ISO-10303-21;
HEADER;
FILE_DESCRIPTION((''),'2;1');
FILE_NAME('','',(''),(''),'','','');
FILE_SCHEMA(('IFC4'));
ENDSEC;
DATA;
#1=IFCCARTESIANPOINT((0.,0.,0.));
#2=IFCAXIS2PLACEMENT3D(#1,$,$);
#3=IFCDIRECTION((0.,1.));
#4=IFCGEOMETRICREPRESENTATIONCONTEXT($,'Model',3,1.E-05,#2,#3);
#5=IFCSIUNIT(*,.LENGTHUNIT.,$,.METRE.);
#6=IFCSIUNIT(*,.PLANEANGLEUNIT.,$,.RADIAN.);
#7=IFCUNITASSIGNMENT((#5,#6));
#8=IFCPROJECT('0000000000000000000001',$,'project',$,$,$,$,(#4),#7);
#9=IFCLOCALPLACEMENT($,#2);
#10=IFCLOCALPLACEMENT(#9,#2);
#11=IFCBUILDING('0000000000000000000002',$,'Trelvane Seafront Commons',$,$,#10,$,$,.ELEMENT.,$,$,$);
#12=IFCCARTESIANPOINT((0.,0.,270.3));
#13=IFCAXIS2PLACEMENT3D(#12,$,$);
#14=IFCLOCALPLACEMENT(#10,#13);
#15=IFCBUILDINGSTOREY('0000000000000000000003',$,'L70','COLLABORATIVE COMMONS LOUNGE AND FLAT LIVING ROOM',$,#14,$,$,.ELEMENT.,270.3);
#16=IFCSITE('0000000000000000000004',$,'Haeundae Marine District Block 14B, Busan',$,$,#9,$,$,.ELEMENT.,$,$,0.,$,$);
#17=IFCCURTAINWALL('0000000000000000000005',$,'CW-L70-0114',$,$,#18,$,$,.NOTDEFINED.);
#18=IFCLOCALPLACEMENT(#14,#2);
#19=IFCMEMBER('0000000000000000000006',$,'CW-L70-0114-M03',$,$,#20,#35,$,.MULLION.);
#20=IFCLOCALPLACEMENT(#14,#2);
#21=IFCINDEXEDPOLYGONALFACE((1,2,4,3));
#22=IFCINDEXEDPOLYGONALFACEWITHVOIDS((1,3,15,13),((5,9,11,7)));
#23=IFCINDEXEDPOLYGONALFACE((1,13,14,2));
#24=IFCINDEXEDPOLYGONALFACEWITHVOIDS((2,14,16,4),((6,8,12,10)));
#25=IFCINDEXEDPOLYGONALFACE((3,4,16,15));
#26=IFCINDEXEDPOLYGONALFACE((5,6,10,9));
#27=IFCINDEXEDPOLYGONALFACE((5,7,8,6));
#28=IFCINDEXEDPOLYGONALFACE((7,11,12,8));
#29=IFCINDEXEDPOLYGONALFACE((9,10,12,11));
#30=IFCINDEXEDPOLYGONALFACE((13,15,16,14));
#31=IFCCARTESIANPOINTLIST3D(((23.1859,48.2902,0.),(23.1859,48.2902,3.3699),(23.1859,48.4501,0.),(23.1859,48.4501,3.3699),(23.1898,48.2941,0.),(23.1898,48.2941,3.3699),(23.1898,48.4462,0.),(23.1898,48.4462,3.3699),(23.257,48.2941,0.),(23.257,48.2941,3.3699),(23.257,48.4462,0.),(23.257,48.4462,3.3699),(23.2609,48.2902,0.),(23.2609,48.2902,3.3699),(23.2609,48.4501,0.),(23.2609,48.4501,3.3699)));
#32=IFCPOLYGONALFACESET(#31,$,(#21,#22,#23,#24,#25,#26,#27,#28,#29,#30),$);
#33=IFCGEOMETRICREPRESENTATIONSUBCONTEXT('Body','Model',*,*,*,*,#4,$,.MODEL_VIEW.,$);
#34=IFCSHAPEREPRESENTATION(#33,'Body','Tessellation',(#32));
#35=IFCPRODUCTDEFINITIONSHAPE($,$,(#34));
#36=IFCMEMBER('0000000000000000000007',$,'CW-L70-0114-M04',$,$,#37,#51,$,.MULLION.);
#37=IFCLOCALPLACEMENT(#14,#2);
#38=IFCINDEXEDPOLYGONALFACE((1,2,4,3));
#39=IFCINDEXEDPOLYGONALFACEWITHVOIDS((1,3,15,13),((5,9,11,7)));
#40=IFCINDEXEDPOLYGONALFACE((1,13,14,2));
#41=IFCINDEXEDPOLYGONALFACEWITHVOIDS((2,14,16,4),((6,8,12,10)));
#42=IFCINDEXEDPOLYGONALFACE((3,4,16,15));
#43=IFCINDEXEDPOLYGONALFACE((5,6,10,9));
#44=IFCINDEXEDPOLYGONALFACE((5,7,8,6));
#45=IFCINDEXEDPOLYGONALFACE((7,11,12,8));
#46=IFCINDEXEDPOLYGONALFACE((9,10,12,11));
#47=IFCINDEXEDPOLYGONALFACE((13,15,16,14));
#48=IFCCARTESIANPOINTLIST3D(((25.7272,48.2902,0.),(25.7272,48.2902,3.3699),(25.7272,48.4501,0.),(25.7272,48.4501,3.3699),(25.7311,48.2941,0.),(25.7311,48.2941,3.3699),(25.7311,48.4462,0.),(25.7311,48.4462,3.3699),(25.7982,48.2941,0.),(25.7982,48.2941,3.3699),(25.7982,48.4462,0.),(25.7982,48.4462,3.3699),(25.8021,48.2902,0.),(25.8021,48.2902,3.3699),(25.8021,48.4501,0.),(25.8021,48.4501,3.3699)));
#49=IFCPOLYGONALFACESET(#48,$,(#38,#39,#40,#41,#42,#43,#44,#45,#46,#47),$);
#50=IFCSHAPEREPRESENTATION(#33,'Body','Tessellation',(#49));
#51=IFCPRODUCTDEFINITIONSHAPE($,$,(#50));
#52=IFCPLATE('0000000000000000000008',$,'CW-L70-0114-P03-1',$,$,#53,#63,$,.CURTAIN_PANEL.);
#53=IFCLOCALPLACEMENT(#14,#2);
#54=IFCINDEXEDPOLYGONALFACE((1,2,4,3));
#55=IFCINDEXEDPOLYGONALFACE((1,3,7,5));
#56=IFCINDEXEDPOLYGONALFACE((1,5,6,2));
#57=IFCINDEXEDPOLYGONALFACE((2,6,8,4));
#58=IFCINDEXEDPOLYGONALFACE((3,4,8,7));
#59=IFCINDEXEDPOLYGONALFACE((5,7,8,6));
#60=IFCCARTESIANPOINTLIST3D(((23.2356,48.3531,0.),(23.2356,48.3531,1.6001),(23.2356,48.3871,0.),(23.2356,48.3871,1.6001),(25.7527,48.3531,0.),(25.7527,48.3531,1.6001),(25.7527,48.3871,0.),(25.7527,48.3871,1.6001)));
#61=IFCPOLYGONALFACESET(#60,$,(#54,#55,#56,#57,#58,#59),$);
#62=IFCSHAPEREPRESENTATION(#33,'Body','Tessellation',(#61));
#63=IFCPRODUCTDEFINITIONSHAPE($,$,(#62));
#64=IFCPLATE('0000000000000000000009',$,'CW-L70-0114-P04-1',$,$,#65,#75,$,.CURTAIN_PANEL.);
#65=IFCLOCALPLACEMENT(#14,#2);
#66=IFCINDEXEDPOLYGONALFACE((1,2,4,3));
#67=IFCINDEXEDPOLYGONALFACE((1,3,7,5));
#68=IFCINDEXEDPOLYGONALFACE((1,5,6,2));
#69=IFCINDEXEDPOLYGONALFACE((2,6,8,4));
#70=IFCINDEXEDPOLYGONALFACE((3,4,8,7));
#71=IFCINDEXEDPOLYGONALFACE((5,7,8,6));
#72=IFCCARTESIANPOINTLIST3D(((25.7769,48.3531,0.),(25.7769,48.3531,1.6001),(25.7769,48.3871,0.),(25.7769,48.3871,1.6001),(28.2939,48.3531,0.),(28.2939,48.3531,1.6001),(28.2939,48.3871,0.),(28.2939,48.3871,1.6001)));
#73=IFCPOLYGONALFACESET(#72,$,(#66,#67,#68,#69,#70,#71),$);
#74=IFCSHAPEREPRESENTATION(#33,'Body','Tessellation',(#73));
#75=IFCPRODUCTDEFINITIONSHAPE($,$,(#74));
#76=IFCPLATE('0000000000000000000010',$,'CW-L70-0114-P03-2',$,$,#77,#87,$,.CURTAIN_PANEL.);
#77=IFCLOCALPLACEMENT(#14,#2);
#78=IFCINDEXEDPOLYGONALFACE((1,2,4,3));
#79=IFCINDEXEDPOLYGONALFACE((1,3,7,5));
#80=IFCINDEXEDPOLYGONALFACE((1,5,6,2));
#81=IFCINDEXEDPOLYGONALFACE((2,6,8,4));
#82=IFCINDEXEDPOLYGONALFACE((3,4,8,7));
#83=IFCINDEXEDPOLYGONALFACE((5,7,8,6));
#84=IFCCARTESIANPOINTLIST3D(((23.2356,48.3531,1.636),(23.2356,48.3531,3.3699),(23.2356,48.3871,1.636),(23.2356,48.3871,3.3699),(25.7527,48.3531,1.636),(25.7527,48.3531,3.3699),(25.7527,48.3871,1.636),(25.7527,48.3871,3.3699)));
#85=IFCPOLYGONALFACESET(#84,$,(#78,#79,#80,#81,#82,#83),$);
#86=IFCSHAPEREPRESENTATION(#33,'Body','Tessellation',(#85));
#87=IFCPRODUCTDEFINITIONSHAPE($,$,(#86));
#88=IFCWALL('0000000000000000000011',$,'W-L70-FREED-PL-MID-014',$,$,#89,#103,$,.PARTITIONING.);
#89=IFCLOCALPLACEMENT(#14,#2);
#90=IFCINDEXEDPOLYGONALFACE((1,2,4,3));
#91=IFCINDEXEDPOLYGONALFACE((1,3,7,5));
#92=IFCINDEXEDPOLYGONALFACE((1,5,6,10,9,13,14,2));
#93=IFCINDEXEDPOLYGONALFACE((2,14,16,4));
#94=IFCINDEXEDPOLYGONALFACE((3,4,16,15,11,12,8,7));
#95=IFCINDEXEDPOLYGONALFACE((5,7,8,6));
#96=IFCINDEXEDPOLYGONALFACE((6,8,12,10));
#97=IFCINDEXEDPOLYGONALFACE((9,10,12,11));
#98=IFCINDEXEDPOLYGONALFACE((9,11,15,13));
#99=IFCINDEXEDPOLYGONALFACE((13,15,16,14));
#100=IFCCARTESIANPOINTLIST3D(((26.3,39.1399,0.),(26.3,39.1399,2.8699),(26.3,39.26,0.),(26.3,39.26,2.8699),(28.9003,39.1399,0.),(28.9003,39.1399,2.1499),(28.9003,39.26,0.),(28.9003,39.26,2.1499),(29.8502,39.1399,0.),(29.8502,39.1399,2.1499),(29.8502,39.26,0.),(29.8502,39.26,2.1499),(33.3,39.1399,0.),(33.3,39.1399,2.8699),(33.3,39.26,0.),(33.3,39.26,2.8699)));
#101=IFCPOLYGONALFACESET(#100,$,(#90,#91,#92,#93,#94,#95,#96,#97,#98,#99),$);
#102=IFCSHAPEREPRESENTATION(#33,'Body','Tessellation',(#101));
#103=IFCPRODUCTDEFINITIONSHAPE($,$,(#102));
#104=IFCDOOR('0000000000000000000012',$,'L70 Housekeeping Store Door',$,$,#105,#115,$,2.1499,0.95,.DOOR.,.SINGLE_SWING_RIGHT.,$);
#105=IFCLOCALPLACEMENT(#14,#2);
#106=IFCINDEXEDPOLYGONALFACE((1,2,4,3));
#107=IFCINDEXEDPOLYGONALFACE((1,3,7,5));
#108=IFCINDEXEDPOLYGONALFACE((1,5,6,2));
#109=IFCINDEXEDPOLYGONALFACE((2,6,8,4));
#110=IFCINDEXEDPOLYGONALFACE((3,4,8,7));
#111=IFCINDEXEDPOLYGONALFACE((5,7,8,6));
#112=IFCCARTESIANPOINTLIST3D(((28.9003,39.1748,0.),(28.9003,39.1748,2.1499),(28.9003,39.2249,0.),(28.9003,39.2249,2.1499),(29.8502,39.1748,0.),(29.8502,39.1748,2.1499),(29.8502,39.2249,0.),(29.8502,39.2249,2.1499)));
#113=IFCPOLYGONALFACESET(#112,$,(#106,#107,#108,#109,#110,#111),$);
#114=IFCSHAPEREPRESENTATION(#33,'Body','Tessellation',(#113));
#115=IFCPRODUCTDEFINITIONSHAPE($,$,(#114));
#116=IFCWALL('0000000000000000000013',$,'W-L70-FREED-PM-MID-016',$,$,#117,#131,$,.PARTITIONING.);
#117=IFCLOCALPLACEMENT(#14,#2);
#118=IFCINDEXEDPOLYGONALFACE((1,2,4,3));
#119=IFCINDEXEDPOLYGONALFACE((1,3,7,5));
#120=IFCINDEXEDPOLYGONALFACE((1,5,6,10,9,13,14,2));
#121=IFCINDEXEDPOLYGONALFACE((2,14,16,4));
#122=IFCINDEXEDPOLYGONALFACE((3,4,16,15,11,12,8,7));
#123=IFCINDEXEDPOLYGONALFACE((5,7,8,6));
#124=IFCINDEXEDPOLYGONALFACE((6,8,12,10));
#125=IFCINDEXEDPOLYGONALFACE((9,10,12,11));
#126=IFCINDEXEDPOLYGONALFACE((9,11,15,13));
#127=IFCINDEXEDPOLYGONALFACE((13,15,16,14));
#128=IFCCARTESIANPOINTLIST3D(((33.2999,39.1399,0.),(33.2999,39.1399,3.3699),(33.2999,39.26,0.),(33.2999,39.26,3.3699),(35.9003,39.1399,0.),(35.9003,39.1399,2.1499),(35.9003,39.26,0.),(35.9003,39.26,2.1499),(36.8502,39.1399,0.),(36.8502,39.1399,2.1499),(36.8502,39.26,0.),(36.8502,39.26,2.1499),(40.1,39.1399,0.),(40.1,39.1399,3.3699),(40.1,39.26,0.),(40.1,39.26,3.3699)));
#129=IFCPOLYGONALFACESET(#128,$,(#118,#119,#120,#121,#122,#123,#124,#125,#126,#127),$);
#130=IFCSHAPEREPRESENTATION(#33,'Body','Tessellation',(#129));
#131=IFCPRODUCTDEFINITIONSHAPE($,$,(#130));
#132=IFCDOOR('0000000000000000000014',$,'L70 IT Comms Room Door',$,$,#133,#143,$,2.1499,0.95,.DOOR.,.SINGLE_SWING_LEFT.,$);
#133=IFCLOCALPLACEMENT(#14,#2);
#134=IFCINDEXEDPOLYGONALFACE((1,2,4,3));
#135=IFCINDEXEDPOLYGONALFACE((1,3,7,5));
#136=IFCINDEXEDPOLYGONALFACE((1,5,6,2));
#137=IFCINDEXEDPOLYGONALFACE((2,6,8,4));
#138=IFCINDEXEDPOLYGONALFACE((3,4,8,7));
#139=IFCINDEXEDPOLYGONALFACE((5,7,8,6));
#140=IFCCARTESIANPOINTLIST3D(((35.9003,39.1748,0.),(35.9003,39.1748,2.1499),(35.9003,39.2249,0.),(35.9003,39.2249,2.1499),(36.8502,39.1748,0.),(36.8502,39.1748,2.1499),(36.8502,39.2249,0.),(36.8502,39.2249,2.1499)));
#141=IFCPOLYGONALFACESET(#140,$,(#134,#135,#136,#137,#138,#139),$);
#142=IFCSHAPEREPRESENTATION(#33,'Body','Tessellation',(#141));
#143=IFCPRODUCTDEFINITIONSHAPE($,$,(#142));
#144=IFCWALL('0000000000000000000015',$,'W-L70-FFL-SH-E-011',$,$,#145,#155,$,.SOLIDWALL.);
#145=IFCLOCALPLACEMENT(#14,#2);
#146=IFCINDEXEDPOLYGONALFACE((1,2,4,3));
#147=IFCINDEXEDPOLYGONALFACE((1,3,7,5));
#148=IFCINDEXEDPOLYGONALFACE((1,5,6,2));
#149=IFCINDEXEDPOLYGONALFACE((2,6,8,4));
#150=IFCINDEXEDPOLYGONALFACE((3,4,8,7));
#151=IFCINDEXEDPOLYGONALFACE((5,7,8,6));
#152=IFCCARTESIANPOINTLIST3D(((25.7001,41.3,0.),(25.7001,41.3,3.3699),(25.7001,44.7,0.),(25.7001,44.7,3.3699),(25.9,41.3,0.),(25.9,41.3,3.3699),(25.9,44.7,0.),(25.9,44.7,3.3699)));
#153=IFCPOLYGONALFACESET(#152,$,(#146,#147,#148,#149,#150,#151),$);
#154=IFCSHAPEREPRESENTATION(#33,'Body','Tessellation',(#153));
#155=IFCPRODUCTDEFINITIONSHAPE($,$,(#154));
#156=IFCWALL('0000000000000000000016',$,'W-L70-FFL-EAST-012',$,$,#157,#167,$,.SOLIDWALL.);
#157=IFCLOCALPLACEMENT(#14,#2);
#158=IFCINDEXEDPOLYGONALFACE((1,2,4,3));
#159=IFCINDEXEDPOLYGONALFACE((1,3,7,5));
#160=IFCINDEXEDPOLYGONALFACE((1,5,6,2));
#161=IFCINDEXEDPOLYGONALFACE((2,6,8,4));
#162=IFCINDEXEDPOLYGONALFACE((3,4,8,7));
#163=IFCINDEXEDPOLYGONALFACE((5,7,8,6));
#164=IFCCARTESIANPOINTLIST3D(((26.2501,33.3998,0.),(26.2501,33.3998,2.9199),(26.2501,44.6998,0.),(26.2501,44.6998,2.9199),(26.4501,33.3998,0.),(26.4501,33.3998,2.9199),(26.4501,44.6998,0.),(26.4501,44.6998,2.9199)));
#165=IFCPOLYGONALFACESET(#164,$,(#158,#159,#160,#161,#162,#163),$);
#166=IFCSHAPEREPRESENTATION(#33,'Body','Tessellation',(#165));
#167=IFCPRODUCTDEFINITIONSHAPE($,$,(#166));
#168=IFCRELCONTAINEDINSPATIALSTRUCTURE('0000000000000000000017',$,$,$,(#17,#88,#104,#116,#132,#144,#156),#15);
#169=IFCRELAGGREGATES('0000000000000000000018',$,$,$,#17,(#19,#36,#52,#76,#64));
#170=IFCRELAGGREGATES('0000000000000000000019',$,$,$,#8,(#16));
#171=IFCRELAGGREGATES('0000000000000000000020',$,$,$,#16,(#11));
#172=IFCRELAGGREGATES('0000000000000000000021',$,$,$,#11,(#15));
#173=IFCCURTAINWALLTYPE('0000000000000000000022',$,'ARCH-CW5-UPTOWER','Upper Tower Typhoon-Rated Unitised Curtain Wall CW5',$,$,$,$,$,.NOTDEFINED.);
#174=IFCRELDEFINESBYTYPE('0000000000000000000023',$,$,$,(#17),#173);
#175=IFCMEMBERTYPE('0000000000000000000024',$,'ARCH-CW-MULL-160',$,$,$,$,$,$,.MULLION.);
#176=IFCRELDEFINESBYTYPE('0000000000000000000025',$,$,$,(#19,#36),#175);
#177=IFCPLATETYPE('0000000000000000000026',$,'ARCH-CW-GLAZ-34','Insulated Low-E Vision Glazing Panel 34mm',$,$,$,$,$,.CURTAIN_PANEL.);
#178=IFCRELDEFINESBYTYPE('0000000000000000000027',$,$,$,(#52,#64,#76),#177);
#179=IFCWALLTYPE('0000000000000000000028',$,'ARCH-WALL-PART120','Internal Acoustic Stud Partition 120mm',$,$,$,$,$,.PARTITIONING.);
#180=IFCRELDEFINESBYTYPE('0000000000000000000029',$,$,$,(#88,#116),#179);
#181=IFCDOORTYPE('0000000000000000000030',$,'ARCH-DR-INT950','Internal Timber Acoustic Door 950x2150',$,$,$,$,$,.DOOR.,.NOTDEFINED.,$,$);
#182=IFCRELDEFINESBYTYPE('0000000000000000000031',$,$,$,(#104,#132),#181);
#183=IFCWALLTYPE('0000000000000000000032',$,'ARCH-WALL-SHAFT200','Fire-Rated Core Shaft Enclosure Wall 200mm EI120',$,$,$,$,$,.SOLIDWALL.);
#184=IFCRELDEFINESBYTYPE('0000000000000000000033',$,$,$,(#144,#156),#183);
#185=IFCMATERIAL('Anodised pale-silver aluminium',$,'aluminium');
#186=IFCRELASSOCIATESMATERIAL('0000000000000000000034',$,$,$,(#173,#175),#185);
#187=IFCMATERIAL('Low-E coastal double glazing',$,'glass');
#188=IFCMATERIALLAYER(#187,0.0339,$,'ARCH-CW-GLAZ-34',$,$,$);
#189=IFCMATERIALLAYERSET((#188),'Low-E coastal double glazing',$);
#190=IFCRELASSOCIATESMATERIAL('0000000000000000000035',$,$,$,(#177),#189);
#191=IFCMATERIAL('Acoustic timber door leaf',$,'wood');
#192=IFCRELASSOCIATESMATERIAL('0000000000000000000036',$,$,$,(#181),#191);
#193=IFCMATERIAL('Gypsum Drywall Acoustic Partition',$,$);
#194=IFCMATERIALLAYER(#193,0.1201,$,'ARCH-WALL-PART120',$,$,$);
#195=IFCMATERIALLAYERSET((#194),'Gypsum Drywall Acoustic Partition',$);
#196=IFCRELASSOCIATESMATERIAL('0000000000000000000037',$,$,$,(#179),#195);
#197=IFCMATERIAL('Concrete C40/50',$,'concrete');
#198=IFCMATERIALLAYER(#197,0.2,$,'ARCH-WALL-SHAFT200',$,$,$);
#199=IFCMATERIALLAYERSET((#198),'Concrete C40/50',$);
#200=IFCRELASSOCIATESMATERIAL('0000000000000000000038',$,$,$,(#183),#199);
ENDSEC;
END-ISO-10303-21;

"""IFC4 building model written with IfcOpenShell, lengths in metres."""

from ifc_helpers import new_model, si_unit, direction, frame, frame_2d, origin, origin_2d, place, context, subcontext, project, spatial, rectangle, hollow_rectangle, extrude, source, transform, mapped, material, layer, layer_set, material_profile, profile_set, type_object, element, fill, aggregate, save


model = new_model("IFC4")

# Units and contexts
model_context = context("Model", 3, precision=1e-05, world=origin(), true_north=direction((0.0, 1.0)))
body_context = subcontext(model_context, "Body", "Model", "MODEL_VIEW")
ifc_project = project(units=[si_unit("LENGTHUNIT", "METRE"), si_unit("PLANEANGLEUNIT", "RADIAN")], contexts=[model_context])

# Site, building, storey
site_placement = place(None, origin())
site = spatial("IfcSite", under=ifc_project, at=site_placement, Name="Haeundae Marine District Block 14B, Busan", CompositionType="ELEMENT", RefElevation=0.0)
building_placement = place(site_placement, origin())
building = spatial("IfcBuilding", under=site, at=building_placement, Name="Trelvane Seafront Commons", CompositionType="ELEMENT")
storey_placement = place(building_placement, frame((0.0, 0.0, 270.3)))
storey = spatial("IfcBuildingStorey", under=building, at=storey_placement, Name="L70", Description="COLLABORATIVE COMMONS LOUNGE AND FLAT LIVING ROOM", CompositionType="ELEMENT", Elevation=270.3)

# Curtain wall, members, plates
ifc_material_1 = material(Name="Anodised pale-silver aluminium", Category="aluminium")
curtain_wall_type = type_object("IfcCurtainWallType", Name="ARCH-CW5-UPTOWER", Description="Upper Tower Typhoon-Rated Unitised Curtain Wall CW5", PredefinedType="NOTDEFINED", material=ifc_material_1)
curtain_wall_placement = place(storey_placement, origin())
curtain_wall = element("IfcCurtainWall", 1, at=curtain_wall_placement, inside=storey, type_object=curtain_wall_type, Name="CW-L70-0114", PredefinedType="NOTDEFINED")
ifc_material_profile_1 = material_profile(ifc_material_1, hollow_rectangle(XDim=0.075, YDim=0.1599, WallThickness=0.0039, at=origin_2d()), Name="MULL-75x160x4")
ifc_profile_set_1 = profile_set([ifc_material_profile_1], Name="Anodised pale-silver aluminium")
member_type_1 = type_object("IfcMemberType", Name="ARCH-CW-MULL-160", PredefinedType="MULLION", material=ifc_profile_set_1)
shared_shape_1 = source(origin(), body_context, "Body", "SweptSolid", [
    extrude(hollow_rectangle(XDim=0.075, YDim=0.1599, WallThickness=0.0039, at=origin_2d()), origin(), (0.0, 0.0, 1.0), 3.3699),
])
member_1_placement = place(storey_placement, frame((23.2234, 48.3701, 0.0), z_axis=(0.0, 0.0, 1.0), x_axis=(1.0, 0.0, 0.0)))
member_1 = element("IfcMember", 2, at=member_1_placement, type_object=member_type_1, Name="CW-L70-0114-M03", PredefinedType="MULLION", context=body_context, shape_type="MappedRepresentation", body=[
    mapped(shared_shape_1, transform((0.0, 0.0, 0.0), x_axis=(1.0, 0.0, 0.0), y_axis=(0.0, 1.0, 0.0), z_axis=(0.0, 0.0, 1.0), scale=1.0)),
])
member_2_placement = place(storey_placement, frame((25.7646, 48.3701, 0.0), z_axis=(0.0, 0.0, 1.0), x_axis=(1.0, 0.0, 0.0)))
member_2 = element("IfcMember", 3, at=member_2_placement, type_object=member_type_1, Name="CW-L70-0114-M04", PredefinedType="MULLION", context=body_context, shape_type="MappedRepresentation", body=[
    mapped(shared_shape_1, transform((0.0, 0.0, 0.0), x_axis=(1.0, 0.0, 0.0), y_axis=(0.0, 1.0, 0.0), z_axis=(0.0, 0.0, 1.0), scale=1.0)),
])
ifc_material_2 = material(Name="Low-E coastal double glazing", Category="glass")
ifc_layer_1 = layer(ifc_material_2, 0.0339, Name="ARCH-CW-GLAZ-34")
ifc_layer_set_1 = layer_set([ifc_layer_1], Name="Low-E coastal double glazing")
plate_type = type_object("IfcPlateType", Name="ARCH-CW-GLAZ-34", Description="Insulated Low-E Vision Glazing Panel 34mm", PredefinedType="CURTAIN_PANEL", material=ifc_layer_set_1)
shared_shape_2 = source(origin(), body_context, "Body", "SweptSolid", [
    extrude(rectangle(XDim=2.5171, YDim=0.0339, at=origin_2d()), origin(), (0.0, 0.0, 1.0), 1.6001),
])
plate_1_placement = place(storey_placement, frame((24.4941, 48.3701, 0.0), z_axis=(0.0, 0.0, 1.0), x_axis=(1.0, 0.0, 0.0)))
plate_1 = element("IfcPlate", 4, at=plate_1_placement, type_object=plate_type, Name="CW-L70-0114-P03-1", PredefinedType="CURTAIN_PANEL", context=body_context, shape_type="MappedRepresentation", body=[
    mapped(shared_shape_2, transform((0.0, 0.0, 0.0), x_axis=(1.0, 0.0, 0.0), y_axis=(0.0, 1.0, 0.0), z_axis=(0.0, 0.0, 1.0), scale=1.0)),
])
plate_2_placement = place(storey_placement, frame((27.0354, 48.3701, 0.0), z_axis=(0.0, 0.0, 1.0), x_axis=(1.0, 0.0, 0.0)))
plate_2 = element("IfcPlate", 5, at=plate_2_placement, type_object=plate_type, Name="CW-L70-0114-P04-1", PredefinedType="CURTAIN_PANEL", context=body_context, shape_type="MappedRepresentation", body=[
    mapped(shared_shape_2, transform((0.0, 0.0, 0.0), x_axis=(1.0, 0.0, 0.0), y_axis=(0.0, 1.0, 0.0), z_axis=(0.0, 0.0, 1.0), scale=1.0)),
])
shared_shape_3 = source(origin(), body_context, "Body", "SweptSolid", [
    extrude(rectangle(XDim=2.5171, YDim=0.0339, at=origin_2d()), origin(), (0.0, 0.0, 1.0), 1.7339),
])
plate_3_placement = place(storey_placement, frame((24.4941, 48.3701, 1.636), z_axis=(0.0, 0.0, 1.0), x_axis=(1.0, 0.0, 0.0)))
plate_3 = element("IfcPlate", 6, at=plate_3_placement, type_object=plate_type, Name="CW-L70-0114-P03-2", PredefinedType="CURTAIN_PANEL", context=body_context, shape_type="MappedRepresentation", body=[
    mapped(shared_shape_3, transform((0.0, 0.0, 0.0), x_axis=(1.0, 0.0, 0.0), y_axis=(0.0, 1.0, 0.0), z_axis=(0.0, 0.0, 1.0), scale=1.0)),
])
aggregate(curtain_wall, [member_1, member_2, plate_1, plate_3, plate_2])

# Walls, openings, doors
ifc_material_3 = material(Name="Concrete C40/50", Category="concrete")
ifc_material_4 = material(Name="Acoustic timber door leaf", Category="wood")
door_type_1 = type_object("IfcDoorType", Name="ARCH-DR-INT950", Description="Internal Timber Acoustic Door 950x2150", OperationType="NOTDEFINED", PredefinedType="DOOR", material=ifc_material_4)
shared_shape_4 = source(origin(), body_context, "Body", "SweptSolid", [
    extrude(rectangle(XDim=0.95, YDim=2.1499, at=frame_2d((0.4751, 1.075))), frame((0.0, 0.0249, 0.0), z_axis=(0.0, -1.0, 0.0), x_axis=(1.0, 0.0, 0.0)), (0.0, 0.0, 1.0), 0.05),
])
ifc_material_5 = material(Name="Gypsum Drywall Acoustic Partition")
ifc_layer_2 = layer(ifc_material_5, 0.1201, Name="ARCH-WALL-PART120")
ifc_layer_set_2 = layer_set([ifc_layer_2], Name="Gypsum Drywall Acoustic Partition")
wall_type_1 = type_object("IfcWallType", Name="ARCH-WALL-PART120", Description="Internal Acoustic Stud Partition 120mm", PredefinedType="PARTITIONING", material=ifc_layer_set_2)
wall_1_placement = place(storey_placement, frame((26.3, 39.2, 0.0), z_axis=(0.0, 0.0, 1.0), x_axis=(1.0, 0.0, 0.0)))
wall_1 = element("IfcWall", 7, at=wall_1_placement, inside=storey, type_object=wall_type_1, Name="W-L70-FREED-PL-MID-014", PredefinedType="PARTITIONING", context=body_context, shape_type="SweptSolid", body=[
    extrude(rectangle(XDim=7.0, YDim=0.1201, at=frame_2d((3.5, 0.0))), origin(), (0.0, 0.0, 1.0), 2.8699),
])
opening_1_placement = place(wall_1_placement, frame((2.6001, 0.0, 0.0)))
opening_1 = element("IfcOpeningElement", 8, at=opening_1_placement, cuts=wall_1, PredefinedType="OPENING", context=body_context, shape_type="SweptSolid", body=[
    extrude(rectangle(XDim=0.95, YDim=2.1499, at=frame_2d((0.4751, 1.075))), frame((0.0, 0.0701, 0.0), z_axis=(0.0, -1.0, 0.0), x_axis=(1.0, 0.0, 0.0)), (0.0, 0.0, 1.0), 0.1401),
])
door_1_placement = place(opening_1_placement, origin())
door_1 = element("IfcDoor", 9, at=door_1_placement, inside=storey, type_object=door_type_1, Name="L70 Housekeeping Store Door", OperationType="SINGLE_SWING_RIGHT", OverallHeight=2.1499, OverallWidth=0.95, PredefinedType="DOOR", context=body_context, shape_type="MappedRepresentation", body=[
    mapped(shared_shape_4, transform((0.0, 0.0, 0.0), x_axis=(1.0, 0.0, 0.0), y_axis=(0.0, 1.0, 0.0), z_axis=(0.0, 0.0, 1.0), scale=1.0)),
])
fill(opening_1, door_1)
wall_2_placement = place(storey_placement, frame((33.3, 39.2, 0.0), z_axis=(0.0, 0.0, 1.0), x_axis=(1.0, 0.0, 0.0)))
wall_2 = element("IfcWall", 10, at=wall_2_placement, inside=storey, type_object=wall_type_1, Name="W-L70-FREED-PM-MID-016", PredefinedType="PARTITIONING", context=body_context, shape_type="SweptSolid", body=[
    extrude(rectangle(XDim=6.8, YDim=0.1201, at=frame_2d((3.3999, 0.0))), origin(), (0.0, 0.0, 1.0), 3.3699),
])
opening_2_placement = place(wall_2_placement, frame((2.6001, 0.0, 0.0)))
opening_2 = element("IfcOpeningElement", 11, at=opening_2_placement, cuts=wall_2, PredefinedType="OPENING", context=body_context, shape_type="SweptSolid", body=[
    extrude(rectangle(XDim=0.95, YDim=2.1499, at=frame_2d((0.4751, 1.075))), frame((0.0, 0.0701, 0.0), z_axis=(0.0, -1.0, 0.0), x_axis=(1.0, 0.0, 0.0)), (0.0, 0.0, 1.0), 0.1401),
])
door_2_placement = place(opening_2_placement, origin())
door_2 = element("IfcDoor", 12, at=door_2_placement, inside=storey, type_object=door_type_1, Name="L70 IT Comms Room Door", OperationType="SINGLE_SWING_LEFT", OverallHeight=2.1499, OverallWidth=0.95, PredefinedType="DOOR", context=body_context, shape_type="MappedRepresentation", body=[
    mapped(shared_shape_4, transform((0.0, 0.0, 0.0), x_axis=(1.0, 0.0, 0.0), y_axis=(0.0, 1.0, 0.0), z_axis=(0.0, 0.0, 1.0), scale=1.0)),
])
fill(opening_2, door_2)

# Walls
ifc_layer_3 = layer(ifc_material_3, 0.2, Name="ARCH-WALL-SHAFT200")
ifc_layer_set_3 = layer_set([ifc_layer_3], Name="Concrete C40/50")
wall_type_2 = type_object("IfcWallType", Name="ARCH-WALL-SHAFT200", Description="Fire-Rated Core Shaft Enclosure Wall 200mm EI120", PredefinedType="SOLIDWALL", material=ifc_layer_set_3)
wall_3_placement = place(storey_placement, frame((25.8, 41.3, 0.0), z_axis=(0.0, 0.0, 1.0), x_axis=(0.0, 1.0, 0.0)))
element("IfcWall", 13, at=wall_3_placement, inside=storey, type_object=wall_type_2, Name="W-L70-FFL-SH-E-011", PredefinedType="SOLIDWALL", context=body_context, shape_type="SweptSolid", body=[
    extrude(rectangle(XDim=3.3999, YDim=0.2, at=frame_2d((1.7, 0.0))), origin(), (0.0, 0.0, 1.0), 3.3699),
])
for number, where, z_axis, x_axis, name in (
    (14, (26.3501, 33.3999, 0.0), (0.0, 0.0, 1.0), (0.0, 1.0, 0.0), "W-L70-FFL-EAST-012"),
):
    element("IfcWall", number, at=place(storey_placement, frame(where, z_axis=z_axis, x_axis=x_axis)), inside=storey, type_object=wall_type_2, Name=name, PredefinedType="SOLIDWALL", context=body_context, shape_type="SweptSolid", body=[
        extrude(rectangle(XDim=11.3, YDim=0.2, at=frame_2d((5.6499, 0.0))), origin(), (0.0, 0.0, 1.0), 2.9199),
    ])

save(model, "model.ifc")
